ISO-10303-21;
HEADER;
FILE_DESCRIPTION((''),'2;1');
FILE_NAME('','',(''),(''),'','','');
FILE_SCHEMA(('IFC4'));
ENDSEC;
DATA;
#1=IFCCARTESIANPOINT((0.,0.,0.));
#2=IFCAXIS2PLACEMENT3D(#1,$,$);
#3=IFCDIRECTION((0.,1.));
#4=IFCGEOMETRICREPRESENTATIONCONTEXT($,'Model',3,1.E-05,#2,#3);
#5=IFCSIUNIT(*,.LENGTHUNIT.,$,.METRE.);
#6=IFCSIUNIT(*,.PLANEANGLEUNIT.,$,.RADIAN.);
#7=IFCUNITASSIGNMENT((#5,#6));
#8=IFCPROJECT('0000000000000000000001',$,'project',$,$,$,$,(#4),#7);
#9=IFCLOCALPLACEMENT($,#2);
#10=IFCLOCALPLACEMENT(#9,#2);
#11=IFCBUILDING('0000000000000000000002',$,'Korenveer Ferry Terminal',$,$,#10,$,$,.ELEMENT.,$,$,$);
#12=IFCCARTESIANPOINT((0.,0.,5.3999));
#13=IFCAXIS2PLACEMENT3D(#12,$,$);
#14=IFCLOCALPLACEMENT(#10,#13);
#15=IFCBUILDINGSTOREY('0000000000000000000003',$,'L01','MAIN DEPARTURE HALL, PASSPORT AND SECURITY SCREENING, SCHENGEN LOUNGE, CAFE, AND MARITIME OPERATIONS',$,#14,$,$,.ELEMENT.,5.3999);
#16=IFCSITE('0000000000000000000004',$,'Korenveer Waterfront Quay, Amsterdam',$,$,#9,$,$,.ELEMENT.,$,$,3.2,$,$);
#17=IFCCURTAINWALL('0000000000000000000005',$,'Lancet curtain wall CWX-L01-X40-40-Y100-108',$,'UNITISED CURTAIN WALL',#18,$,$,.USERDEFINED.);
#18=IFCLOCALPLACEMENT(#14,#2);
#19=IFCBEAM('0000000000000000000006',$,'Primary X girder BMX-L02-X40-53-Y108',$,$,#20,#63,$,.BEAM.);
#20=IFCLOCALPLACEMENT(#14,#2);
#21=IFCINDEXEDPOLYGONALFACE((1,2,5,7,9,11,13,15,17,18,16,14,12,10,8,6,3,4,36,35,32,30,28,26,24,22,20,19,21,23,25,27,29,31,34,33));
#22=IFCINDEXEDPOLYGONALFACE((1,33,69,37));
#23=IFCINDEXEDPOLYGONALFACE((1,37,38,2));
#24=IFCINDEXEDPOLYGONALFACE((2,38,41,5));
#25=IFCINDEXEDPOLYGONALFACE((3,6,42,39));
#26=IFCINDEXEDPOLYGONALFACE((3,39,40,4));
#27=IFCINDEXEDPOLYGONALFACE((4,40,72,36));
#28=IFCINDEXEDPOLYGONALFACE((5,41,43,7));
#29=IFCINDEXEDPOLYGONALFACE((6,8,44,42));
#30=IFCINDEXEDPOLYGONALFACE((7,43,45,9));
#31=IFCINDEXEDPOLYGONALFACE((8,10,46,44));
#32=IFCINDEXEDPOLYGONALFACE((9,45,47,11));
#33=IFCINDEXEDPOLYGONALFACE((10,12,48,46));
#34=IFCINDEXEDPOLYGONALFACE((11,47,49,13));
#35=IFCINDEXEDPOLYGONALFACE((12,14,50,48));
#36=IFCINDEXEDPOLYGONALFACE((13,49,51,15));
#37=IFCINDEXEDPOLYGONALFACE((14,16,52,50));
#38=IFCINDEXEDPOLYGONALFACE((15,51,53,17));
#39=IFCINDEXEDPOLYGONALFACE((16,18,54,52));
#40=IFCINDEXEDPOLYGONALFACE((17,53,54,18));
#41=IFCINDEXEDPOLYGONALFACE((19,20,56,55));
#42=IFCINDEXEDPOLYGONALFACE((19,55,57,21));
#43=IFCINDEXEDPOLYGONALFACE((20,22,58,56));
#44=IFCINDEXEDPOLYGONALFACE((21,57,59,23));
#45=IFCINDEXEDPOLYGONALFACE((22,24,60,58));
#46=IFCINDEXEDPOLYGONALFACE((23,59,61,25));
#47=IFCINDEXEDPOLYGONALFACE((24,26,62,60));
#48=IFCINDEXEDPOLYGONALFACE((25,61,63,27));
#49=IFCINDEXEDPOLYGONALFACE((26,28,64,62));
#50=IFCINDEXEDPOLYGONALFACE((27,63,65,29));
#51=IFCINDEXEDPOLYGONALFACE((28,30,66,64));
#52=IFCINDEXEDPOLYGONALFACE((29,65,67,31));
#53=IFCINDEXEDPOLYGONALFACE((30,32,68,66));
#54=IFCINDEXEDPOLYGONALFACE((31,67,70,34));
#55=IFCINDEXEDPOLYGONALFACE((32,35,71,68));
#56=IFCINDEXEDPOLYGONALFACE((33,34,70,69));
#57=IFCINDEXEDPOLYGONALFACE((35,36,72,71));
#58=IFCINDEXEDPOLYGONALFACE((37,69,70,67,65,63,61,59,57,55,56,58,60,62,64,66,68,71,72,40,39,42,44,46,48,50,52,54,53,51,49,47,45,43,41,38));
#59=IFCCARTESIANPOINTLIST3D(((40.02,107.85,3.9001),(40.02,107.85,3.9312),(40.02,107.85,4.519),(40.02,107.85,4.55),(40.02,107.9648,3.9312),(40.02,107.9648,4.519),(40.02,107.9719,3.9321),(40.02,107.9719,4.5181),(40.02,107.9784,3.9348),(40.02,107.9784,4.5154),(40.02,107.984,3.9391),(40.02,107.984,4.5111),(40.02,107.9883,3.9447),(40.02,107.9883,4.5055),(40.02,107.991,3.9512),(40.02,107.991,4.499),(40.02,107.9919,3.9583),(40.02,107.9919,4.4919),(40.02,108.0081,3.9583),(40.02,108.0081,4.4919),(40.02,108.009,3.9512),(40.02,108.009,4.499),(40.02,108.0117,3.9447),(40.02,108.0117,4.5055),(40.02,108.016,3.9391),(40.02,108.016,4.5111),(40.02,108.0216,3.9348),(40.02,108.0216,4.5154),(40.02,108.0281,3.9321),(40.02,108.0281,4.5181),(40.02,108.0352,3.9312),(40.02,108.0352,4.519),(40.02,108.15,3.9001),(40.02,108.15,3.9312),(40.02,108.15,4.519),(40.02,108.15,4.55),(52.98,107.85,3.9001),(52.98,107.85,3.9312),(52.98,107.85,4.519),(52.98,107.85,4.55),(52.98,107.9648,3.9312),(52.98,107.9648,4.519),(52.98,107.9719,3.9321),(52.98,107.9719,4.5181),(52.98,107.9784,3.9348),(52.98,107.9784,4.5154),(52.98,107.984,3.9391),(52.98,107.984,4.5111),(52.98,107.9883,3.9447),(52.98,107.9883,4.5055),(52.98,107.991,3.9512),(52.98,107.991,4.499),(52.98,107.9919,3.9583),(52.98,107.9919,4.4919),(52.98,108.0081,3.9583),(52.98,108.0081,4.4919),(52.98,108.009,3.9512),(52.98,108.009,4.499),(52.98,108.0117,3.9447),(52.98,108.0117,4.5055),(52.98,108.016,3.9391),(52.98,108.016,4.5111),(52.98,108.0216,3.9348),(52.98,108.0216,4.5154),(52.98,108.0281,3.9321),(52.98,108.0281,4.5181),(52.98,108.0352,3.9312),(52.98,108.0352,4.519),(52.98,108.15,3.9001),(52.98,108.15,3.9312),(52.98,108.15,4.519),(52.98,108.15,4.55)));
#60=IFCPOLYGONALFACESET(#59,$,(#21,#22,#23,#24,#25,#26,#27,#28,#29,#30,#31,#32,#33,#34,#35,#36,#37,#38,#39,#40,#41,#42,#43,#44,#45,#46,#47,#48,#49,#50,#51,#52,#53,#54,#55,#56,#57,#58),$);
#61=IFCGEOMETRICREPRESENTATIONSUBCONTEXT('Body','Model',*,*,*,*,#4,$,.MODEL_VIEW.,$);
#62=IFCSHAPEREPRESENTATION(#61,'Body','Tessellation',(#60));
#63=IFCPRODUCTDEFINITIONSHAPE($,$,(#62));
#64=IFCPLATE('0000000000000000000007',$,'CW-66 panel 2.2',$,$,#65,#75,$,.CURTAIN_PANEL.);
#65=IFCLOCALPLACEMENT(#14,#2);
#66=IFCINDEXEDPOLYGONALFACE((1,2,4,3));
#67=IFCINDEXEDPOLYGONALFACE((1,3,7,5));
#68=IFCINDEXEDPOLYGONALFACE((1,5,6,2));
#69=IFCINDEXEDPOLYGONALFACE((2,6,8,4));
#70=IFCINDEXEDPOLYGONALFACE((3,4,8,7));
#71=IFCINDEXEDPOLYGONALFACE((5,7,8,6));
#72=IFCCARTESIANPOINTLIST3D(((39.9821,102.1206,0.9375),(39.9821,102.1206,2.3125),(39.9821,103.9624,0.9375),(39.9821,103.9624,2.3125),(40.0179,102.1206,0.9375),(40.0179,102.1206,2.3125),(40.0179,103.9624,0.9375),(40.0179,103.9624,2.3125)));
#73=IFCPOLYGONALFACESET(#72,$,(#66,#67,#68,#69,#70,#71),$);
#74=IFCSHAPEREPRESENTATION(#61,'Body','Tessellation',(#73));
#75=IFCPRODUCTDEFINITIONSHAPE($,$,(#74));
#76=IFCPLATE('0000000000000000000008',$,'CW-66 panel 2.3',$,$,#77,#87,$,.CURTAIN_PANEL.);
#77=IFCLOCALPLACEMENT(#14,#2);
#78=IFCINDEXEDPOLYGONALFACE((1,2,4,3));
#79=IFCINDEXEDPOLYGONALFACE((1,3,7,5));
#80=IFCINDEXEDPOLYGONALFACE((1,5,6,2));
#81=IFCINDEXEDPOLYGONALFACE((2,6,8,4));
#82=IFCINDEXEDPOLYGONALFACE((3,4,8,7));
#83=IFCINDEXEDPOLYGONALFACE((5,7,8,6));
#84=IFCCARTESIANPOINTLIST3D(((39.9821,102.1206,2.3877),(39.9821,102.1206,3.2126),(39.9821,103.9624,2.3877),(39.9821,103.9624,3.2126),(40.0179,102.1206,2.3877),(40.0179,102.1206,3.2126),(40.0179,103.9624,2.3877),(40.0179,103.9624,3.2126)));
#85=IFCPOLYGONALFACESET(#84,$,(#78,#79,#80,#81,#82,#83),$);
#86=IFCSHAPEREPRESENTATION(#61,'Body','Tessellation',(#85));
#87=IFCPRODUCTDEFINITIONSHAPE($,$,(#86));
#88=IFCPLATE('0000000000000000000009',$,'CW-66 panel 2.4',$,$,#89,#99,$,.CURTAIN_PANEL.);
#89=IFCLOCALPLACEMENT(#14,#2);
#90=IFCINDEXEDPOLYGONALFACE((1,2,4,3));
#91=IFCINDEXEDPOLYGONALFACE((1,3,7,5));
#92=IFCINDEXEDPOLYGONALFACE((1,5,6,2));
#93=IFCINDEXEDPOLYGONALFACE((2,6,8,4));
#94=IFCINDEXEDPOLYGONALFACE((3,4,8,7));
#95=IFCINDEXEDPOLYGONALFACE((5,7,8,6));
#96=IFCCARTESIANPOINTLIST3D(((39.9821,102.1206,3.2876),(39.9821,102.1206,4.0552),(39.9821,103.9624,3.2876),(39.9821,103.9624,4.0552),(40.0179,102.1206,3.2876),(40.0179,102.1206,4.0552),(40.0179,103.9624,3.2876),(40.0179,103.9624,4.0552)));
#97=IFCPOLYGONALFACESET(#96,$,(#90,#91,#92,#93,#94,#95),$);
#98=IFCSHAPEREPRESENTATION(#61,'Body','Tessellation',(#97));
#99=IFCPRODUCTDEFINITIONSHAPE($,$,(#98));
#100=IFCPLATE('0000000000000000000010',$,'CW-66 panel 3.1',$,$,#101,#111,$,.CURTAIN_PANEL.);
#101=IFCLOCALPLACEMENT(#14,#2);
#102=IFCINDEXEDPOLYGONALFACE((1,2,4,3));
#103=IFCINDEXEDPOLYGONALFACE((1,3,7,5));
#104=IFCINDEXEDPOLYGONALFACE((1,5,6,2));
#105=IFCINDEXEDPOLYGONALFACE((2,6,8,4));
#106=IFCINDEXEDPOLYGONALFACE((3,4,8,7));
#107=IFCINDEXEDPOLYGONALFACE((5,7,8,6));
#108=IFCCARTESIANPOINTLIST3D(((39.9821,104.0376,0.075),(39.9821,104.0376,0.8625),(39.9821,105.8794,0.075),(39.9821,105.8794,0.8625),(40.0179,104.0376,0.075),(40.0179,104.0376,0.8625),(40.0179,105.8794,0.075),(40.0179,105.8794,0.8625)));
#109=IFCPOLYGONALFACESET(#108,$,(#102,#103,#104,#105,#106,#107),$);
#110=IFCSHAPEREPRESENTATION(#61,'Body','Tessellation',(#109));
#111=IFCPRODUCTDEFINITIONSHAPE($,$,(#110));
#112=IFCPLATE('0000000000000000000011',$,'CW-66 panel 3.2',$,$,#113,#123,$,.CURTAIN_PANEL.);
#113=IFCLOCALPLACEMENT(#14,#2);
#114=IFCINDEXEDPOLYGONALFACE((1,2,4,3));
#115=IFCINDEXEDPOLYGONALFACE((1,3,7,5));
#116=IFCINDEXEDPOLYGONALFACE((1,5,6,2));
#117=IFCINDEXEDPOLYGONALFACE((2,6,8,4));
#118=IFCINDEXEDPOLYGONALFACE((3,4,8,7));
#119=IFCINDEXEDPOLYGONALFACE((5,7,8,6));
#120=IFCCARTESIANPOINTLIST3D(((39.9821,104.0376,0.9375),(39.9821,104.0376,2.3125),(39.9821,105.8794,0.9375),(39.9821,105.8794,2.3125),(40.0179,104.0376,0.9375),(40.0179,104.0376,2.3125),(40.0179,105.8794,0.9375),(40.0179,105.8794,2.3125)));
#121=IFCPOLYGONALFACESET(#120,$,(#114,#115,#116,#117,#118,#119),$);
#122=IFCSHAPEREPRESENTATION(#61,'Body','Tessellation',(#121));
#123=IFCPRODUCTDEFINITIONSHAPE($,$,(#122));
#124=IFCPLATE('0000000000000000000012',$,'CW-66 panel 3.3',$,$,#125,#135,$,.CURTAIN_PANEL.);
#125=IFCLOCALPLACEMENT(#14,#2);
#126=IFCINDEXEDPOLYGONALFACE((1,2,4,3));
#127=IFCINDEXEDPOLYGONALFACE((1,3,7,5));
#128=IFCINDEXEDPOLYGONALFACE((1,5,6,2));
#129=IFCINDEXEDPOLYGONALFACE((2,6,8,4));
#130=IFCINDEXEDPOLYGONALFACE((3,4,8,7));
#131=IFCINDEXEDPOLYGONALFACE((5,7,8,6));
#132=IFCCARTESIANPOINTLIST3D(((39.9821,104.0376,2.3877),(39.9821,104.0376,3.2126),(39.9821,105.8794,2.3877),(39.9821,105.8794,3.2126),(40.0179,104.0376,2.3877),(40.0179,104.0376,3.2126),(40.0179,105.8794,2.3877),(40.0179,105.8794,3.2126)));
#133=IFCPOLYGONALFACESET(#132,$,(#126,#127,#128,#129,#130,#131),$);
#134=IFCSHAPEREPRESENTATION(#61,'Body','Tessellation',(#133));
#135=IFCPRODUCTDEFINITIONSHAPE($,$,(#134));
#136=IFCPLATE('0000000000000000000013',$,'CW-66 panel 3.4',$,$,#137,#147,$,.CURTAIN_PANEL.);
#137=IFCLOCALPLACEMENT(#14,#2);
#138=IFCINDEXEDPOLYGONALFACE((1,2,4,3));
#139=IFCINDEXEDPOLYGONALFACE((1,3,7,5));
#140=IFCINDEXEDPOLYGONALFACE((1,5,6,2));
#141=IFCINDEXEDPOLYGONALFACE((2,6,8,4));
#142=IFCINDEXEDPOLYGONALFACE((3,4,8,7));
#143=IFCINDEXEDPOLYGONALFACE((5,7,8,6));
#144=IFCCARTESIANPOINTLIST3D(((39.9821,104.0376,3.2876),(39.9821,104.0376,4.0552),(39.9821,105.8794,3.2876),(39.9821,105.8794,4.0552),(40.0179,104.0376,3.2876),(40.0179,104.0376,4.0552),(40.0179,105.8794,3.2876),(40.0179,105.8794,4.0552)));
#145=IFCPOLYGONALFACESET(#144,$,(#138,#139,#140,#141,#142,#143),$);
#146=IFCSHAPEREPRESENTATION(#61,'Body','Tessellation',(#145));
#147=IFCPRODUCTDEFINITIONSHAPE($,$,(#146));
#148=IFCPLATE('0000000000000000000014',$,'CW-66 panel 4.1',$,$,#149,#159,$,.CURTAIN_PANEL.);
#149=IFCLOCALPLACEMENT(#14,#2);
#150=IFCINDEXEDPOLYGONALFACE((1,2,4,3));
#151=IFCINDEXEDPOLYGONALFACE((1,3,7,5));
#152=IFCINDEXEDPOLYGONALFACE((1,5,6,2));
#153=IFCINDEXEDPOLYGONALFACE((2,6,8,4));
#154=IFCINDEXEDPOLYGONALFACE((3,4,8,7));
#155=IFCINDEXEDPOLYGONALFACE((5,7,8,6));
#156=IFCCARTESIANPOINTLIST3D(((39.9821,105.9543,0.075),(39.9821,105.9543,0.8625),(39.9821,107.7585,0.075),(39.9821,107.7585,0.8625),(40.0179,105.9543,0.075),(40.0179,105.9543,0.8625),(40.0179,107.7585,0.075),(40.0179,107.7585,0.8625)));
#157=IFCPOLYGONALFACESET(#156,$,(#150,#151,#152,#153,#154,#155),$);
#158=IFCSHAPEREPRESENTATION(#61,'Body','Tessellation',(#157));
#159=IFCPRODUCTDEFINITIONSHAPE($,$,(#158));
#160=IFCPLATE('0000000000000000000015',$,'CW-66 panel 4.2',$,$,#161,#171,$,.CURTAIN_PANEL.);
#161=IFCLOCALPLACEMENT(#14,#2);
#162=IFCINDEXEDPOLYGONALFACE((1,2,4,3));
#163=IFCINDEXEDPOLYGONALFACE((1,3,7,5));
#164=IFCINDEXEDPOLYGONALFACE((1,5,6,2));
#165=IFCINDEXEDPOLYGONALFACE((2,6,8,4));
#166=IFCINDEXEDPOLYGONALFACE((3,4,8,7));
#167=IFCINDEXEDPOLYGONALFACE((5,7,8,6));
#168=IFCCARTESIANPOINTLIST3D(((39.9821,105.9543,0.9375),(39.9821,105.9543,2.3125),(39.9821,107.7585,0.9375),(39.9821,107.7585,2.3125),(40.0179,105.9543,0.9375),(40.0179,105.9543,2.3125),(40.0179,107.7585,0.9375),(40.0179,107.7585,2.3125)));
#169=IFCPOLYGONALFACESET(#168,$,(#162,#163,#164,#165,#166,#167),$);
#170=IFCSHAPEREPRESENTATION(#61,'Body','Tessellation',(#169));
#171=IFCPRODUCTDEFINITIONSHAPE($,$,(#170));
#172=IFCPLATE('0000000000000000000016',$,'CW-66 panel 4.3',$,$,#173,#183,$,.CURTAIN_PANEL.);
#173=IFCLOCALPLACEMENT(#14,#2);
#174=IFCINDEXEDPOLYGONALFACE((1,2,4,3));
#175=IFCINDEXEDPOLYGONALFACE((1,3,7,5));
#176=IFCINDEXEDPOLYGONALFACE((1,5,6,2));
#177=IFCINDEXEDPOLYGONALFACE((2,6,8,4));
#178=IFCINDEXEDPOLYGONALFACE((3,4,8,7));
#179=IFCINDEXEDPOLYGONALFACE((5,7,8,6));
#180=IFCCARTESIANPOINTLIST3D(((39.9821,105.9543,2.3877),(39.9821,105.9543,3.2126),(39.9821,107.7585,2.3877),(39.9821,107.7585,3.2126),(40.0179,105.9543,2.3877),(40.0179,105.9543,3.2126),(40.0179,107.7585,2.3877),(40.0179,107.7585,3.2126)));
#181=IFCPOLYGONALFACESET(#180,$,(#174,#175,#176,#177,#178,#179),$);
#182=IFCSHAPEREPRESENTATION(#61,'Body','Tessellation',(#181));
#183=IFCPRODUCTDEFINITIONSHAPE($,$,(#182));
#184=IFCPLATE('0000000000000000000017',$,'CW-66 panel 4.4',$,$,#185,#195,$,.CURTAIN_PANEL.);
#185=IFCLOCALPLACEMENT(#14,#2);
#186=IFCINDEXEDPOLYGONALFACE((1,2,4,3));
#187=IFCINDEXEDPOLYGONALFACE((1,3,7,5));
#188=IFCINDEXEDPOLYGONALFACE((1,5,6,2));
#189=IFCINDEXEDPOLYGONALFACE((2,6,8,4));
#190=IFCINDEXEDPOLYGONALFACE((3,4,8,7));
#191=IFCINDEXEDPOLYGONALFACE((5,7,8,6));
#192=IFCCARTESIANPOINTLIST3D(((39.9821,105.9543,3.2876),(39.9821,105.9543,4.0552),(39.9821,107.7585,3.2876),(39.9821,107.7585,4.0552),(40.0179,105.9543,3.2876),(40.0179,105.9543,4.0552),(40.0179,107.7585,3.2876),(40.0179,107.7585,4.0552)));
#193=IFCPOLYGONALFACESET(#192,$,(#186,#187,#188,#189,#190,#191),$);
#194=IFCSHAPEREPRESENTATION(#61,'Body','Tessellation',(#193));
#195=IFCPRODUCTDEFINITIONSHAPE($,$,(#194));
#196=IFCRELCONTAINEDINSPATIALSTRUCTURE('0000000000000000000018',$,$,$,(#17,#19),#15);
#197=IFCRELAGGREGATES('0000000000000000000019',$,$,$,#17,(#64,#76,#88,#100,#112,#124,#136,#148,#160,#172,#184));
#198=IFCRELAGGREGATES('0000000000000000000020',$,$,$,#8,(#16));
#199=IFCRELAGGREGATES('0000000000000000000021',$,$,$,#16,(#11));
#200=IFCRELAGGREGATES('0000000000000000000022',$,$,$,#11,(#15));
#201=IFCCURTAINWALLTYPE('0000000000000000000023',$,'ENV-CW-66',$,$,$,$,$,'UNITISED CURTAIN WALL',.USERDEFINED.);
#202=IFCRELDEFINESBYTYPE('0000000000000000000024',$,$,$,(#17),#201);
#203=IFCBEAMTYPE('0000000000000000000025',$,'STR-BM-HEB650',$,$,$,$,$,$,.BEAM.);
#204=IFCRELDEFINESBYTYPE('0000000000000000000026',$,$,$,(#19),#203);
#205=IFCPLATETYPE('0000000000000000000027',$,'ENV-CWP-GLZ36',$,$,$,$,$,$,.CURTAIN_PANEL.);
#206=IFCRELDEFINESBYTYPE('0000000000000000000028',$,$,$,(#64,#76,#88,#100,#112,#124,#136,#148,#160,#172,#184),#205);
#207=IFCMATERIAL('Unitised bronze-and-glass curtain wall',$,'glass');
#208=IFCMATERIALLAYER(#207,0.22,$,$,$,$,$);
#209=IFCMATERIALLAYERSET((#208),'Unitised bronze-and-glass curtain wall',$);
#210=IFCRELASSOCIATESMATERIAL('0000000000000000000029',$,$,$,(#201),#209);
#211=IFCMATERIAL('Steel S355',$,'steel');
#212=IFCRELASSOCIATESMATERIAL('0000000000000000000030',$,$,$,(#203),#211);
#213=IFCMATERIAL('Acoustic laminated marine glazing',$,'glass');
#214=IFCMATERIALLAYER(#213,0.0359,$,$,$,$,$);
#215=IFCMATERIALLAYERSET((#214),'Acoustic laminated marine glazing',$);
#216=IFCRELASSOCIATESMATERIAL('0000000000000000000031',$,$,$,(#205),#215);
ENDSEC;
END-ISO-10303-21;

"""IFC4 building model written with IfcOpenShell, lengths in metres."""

from ifc_helpers import new_model, si_unit, direction, frame, origin, origin_2d, place, context, subcontext, project, spatial, rectangle, i_section, extrude, material, layer, layer_set, material_profile, profile_set, type_object, element, aggregate, save


model = new_model("IFC4")

# Units and contexts
model_context = context("Model", 3, precision=1e-05, world=origin(), true_north=direction((0.0, 1.0)))
body_context = subcontext(model_context, "Body", "Model", "MODEL_VIEW")
ifc_project = project(units=[si_unit("LENGTHUNIT", "METRE"), si_unit("PLANEANGLEUNIT", "RADIAN")], contexts=[model_context])

# Site, building, storey
site_placement = place(None, origin())
site = spatial("IfcSite", under=ifc_project, at=site_placement, Name="Korenveer Waterfront Quay, Amsterdam", CompositionType="ELEMENT", RefElevation=3.2)
building_placement = place(site_placement, origin())
building = spatial("IfcBuilding", under=site, at=building_placement, Name="Korenveer Ferry Terminal", CompositionType="ELEMENT")
storey_placement = place(building_placement, frame((0.0, 0.0, 5.3999)))
storey = spatial("IfcBuildingStorey", under=building, at=storey_placement, Name="L01", Description="MAIN DEPARTURE HALL, PASSPORT AND SECURITY SCREENING, SCHENGEN LOUNGE, CAFE, AND MARITIME OPERATIONS", CompositionType="ELEMENT", Elevation=5.3999)

# Shared definitions
ifc_material_1 = material(Name="Steel S355", Category="steel")

# Curtain wall
ifc_material_2 = material(Name="Unitised bronze-and-glass curtain wall", Category="glass")
ifc_layer_1 = layer(ifc_material_2, 0.22)
ifc_layer_set_1 = layer_set([ifc_layer_1], Name="Unitised bronze-and-glass curtain wall")
curtain_wall_type_1 = type_object("IfcCurtainWallType", Name="ENV-CW-66", ElementType="UNITISED CURTAIN WALL", PredefinedType="USERDEFINED", material=ifc_layer_set_1)
curtain_wall_1_placement = place(storey_placement, frame((40.0, 100.1665, 0.0)))
curtain_wall_1 = element("IfcCurtainWall", 1, at=curtain_wall_1_placement, inside=storey, type_object=curtain_wall_type_1, Name="Lancet curtain wall CWX-L01-X40-40-Y100-108", ObjectType="UNITISED CURTAIN WALL", PredefinedType="USERDEFINED")

# Beam
ifc_material_profile_1 = material_profile(ifc_material_1, i_section(OverallWidth=0.3, OverallDepth=0.6499, WebThickness=0.0161, FlangeThickness=0.031, FilletRadius=0.0271, at=origin_2d()), Name="HEB 650")
ifc_profile_set_1 = profile_set([ifc_material_profile_1], Name="Steel S355")
beam_type_1 = type_object("IfcBeamType", Name="STR-BM-HEB650", PredefinedType="BEAM", material=ifc_profile_set_1)
beam_1_placement = place(storey_placement, frame((40.02, 108.0, 4.2251), z_axis=(1.0, 0.0, 0.0), x_axis=(0.0, 1.0, 0.0)))
element("IfcBeam", 2, at=beam_1_placement, inside=storey, type_object=beam_type_1, Name="Primary X girder BMX-L02-X40-53-Y108", PredefinedType="BEAM", context=body_context, shape_type="SweptSolid", body=[
    extrude(i_section(OverallWidth=0.3, OverallDepth=0.6499, WebThickness=0.0161, FlangeThickness=0.031, FilletRadius=0.0271, at=origin_2d()), origin(), (0.0, 0.0, 1.0), 12.96),
])

# Plates
ifc_material_3 = material(Name="Acoustic laminated marine glazing", Category="glass")
ifc_layer_2 = layer(ifc_material_3, 0.0359)
ifc_layer_set_2 = layer_set([ifc_layer_2], Name="Acoustic laminated marine glazing")
plate_type = type_object("IfcPlateType", Name="ENV-CWP-GLZ36", PredefinedType="CURTAIN_PANEL", material=ifc_layer_set_2)
plate_1_placement = place(storey_placement, frame((40.0, 103.0415, 0.9375), z_axis=(0.0, 0.0, 1.0), x_axis=(0.0, 1.0, 0.0)))
plate_1 = element("IfcPlate", 3, at=plate_1_placement, type_object=plate_type, Name="CW-66 panel 2.2", PredefinedType="CURTAIN_PANEL", context=body_context, shape_type="SweptSolid", body=[
    extrude(rectangle(XDim=1.8418, YDim=0.0359, at=origin_2d()), origin(), (0.0, 0.0, 1.0), 1.375),
])
plate_2_placement = place(storey_placement, frame((40.0, 103.0415, 2.3877), z_axis=(0.0, 0.0, 1.0), x_axis=(0.0, 1.0, 0.0)))
plate_2 = element("IfcPlate", 4, at=plate_2_placement, type_object=plate_type, Name="CW-66 panel 2.3", PredefinedType="CURTAIN_PANEL", context=body_context, shape_type="SweptSolid", body=[
    extrude(rectangle(XDim=1.8418, YDim=0.0359, at=origin_2d()), origin(), (0.0, 0.0, 1.0), 0.825),
])
plate_3_placement = place(storey_placement, frame((40.0, 103.0415, 3.2876), z_axis=(0.0, 0.0, 1.0), x_axis=(0.0, 1.0, 0.0)))
plate_3 = element("IfcPlate", 5, at=plate_3_placement, type_object=plate_type, Name="CW-66 panel 2.4", PredefinedType="CURTAIN_PANEL", context=body_context, shape_type="SweptSolid", body=[
    extrude(rectangle(XDim=1.8418, YDim=0.0359, at=origin_2d()), origin(), (0.0, 0.0, 1.0), 0.7676),
])
plate_4_placement = place(storey_placement, frame((40.0, 104.9585, 0.075), z_axis=(0.0, 0.0, 1.0), x_axis=(0.0, 1.0, 0.0)))
plate_4 = element("IfcPlate", 6, at=plate_4_placement, type_object=plate_type, Name="CW-66 panel 3.1", PredefinedType="CURTAIN_PANEL", context=body_context, shape_type="SweptSolid", body=[
    extrude(rectangle(XDim=1.8418, YDim=0.0359, at=origin_2d()), origin(), (0.0, 0.0, 1.0), 0.7876),
])
plate_5_placement = place(storey_placement, frame((40.0, 104.9585, 0.9375), z_axis=(0.0, 0.0, 1.0), x_axis=(0.0, 1.0, 0.0)))
plate_5 = element("IfcPlate", 7, at=plate_5_placement, type_object=plate_type, Name="CW-66 panel 3.2", PredefinedType="CURTAIN_PANEL", context=body_context, shape_type="SweptSolid", body=[
    extrude(rectangle(XDim=1.8418, YDim=0.0359, at=origin_2d()), origin(), (0.0, 0.0, 1.0), 1.375),
])
plate_6_placement = place(storey_placement, frame((40.0, 104.9585, 2.3877), z_axis=(0.0, 0.0, 1.0), x_axis=(0.0, 1.0, 0.0)))
plate_6 = element("IfcPlate", 8, at=plate_6_placement, type_object=plate_type, Name="CW-66 panel 3.3", PredefinedType="CURTAIN_PANEL", context=body_context, shape_type="SweptSolid", body=[
    extrude(rectangle(XDim=1.8418, YDim=0.0359, at=origin_2d()), origin(), (0.0, 0.0, 1.0), 0.825),
])
plate_7_placement = place(storey_placement, frame((40.0, 104.9585, 3.2876), z_axis=(0.0, 0.0, 1.0), x_axis=(0.0, 1.0, 0.0)))
plate_7 = element("IfcPlate", 9, at=plate_7_placement, type_object=plate_type, Name="CW-66 panel 3.4", PredefinedType="CURTAIN_PANEL", context=body_context, shape_type="SweptSolid", body=[
    extrude(rectangle(XDim=1.8418, YDim=0.0359, at=origin_2d()), origin(), (0.0, 0.0, 1.0), 0.7676),
])
plate_8_placement = place(storey_placement, frame((40.0, 106.8564, 0.075), z_axis=(0.0, 0.0, 1.0), x_axis=(0.0, 1.0, 0.0)))
plate_8 = element("IfcPlate", 10, at=plate_8_placement, type_object=plate_type, Name="CW-66 panel 4.1", PredefinedType="CURTAIN_PANEL", context=body_context, shape_type="SweptSolid", body=[
    extrude(rectangle(XDim=1.8042, YDim=0.0359, at=origin_2d()), origin(), (0.0, 0.0, 1.0), 0.7876),
])
plate_9_placement = place(storey_placement, frame((40.0, 106.8564, 0.9375), z_axis=(0.0, 0.0, 1.0), x_axis=(0.0, 1.0, 0.0)))
plate_9 = element("IfcPlate", 11, at=plate_9_placement, type_object=plate_type, Name="CW-66 panel 4.2", PredefinedType="CURTAIN_PANEL", context=body_context, shape_type="SweptSolid", body=[
    extrude(rectangle(XDim=1.8042, YDim=0.0359, at=origin_2d()), origin(), (0.0, 0.0, 1.0), 1.375),
])
plate_10_placement = place(storey_placement, frame((40.0, 106.8564, 2.3877), z_axis=(0.0, 0.0, 1.0), x_axis=(0.0, 1.0, 0.0)))
plate_10 = element("IfcPlate", 12, at=plate_10_placement, type_object=plate_type, Name="CW-66 panel 4.3", PredefinedType="CURTAIN_PANEL", context=body_context, shape_type="SweptSolid", body=[
    extrude(rectangle(XDim=1.8042, YDim=0.0359, at=origin_2d()), origin(), (0.0, 0.0, 1.0), 0.825),
])
plate_11_placement = place(storey_placement, frame((40.0, 106.8564, 3.2876), z_axis=(0.0, 0.0, 1.0), x_axis=(0.0, 1.0, 0.0)))
plate_11 = element("IfcPlate", 13, at=plate_11_placement, type_object=plate_type, Name="CW-66 panel 4.4", PredefinedType="CURTAIN_PANEL", context=body_context, shape_type="SweptSolid", body=[
    extrude(rectangle(XDim=1.8042, YDim=0.0359, at=origin_2d()), origin(), (0.0, 0.0, 1.0), 0.7676),
])
aggregate(curtain_wall_1, [plate_1, plate_2, plate_3, plate_4, plate_5, plate_6, plate_7, plate_8, plate_9, plate_10, plate_11])

save(model, "model.ifc")
